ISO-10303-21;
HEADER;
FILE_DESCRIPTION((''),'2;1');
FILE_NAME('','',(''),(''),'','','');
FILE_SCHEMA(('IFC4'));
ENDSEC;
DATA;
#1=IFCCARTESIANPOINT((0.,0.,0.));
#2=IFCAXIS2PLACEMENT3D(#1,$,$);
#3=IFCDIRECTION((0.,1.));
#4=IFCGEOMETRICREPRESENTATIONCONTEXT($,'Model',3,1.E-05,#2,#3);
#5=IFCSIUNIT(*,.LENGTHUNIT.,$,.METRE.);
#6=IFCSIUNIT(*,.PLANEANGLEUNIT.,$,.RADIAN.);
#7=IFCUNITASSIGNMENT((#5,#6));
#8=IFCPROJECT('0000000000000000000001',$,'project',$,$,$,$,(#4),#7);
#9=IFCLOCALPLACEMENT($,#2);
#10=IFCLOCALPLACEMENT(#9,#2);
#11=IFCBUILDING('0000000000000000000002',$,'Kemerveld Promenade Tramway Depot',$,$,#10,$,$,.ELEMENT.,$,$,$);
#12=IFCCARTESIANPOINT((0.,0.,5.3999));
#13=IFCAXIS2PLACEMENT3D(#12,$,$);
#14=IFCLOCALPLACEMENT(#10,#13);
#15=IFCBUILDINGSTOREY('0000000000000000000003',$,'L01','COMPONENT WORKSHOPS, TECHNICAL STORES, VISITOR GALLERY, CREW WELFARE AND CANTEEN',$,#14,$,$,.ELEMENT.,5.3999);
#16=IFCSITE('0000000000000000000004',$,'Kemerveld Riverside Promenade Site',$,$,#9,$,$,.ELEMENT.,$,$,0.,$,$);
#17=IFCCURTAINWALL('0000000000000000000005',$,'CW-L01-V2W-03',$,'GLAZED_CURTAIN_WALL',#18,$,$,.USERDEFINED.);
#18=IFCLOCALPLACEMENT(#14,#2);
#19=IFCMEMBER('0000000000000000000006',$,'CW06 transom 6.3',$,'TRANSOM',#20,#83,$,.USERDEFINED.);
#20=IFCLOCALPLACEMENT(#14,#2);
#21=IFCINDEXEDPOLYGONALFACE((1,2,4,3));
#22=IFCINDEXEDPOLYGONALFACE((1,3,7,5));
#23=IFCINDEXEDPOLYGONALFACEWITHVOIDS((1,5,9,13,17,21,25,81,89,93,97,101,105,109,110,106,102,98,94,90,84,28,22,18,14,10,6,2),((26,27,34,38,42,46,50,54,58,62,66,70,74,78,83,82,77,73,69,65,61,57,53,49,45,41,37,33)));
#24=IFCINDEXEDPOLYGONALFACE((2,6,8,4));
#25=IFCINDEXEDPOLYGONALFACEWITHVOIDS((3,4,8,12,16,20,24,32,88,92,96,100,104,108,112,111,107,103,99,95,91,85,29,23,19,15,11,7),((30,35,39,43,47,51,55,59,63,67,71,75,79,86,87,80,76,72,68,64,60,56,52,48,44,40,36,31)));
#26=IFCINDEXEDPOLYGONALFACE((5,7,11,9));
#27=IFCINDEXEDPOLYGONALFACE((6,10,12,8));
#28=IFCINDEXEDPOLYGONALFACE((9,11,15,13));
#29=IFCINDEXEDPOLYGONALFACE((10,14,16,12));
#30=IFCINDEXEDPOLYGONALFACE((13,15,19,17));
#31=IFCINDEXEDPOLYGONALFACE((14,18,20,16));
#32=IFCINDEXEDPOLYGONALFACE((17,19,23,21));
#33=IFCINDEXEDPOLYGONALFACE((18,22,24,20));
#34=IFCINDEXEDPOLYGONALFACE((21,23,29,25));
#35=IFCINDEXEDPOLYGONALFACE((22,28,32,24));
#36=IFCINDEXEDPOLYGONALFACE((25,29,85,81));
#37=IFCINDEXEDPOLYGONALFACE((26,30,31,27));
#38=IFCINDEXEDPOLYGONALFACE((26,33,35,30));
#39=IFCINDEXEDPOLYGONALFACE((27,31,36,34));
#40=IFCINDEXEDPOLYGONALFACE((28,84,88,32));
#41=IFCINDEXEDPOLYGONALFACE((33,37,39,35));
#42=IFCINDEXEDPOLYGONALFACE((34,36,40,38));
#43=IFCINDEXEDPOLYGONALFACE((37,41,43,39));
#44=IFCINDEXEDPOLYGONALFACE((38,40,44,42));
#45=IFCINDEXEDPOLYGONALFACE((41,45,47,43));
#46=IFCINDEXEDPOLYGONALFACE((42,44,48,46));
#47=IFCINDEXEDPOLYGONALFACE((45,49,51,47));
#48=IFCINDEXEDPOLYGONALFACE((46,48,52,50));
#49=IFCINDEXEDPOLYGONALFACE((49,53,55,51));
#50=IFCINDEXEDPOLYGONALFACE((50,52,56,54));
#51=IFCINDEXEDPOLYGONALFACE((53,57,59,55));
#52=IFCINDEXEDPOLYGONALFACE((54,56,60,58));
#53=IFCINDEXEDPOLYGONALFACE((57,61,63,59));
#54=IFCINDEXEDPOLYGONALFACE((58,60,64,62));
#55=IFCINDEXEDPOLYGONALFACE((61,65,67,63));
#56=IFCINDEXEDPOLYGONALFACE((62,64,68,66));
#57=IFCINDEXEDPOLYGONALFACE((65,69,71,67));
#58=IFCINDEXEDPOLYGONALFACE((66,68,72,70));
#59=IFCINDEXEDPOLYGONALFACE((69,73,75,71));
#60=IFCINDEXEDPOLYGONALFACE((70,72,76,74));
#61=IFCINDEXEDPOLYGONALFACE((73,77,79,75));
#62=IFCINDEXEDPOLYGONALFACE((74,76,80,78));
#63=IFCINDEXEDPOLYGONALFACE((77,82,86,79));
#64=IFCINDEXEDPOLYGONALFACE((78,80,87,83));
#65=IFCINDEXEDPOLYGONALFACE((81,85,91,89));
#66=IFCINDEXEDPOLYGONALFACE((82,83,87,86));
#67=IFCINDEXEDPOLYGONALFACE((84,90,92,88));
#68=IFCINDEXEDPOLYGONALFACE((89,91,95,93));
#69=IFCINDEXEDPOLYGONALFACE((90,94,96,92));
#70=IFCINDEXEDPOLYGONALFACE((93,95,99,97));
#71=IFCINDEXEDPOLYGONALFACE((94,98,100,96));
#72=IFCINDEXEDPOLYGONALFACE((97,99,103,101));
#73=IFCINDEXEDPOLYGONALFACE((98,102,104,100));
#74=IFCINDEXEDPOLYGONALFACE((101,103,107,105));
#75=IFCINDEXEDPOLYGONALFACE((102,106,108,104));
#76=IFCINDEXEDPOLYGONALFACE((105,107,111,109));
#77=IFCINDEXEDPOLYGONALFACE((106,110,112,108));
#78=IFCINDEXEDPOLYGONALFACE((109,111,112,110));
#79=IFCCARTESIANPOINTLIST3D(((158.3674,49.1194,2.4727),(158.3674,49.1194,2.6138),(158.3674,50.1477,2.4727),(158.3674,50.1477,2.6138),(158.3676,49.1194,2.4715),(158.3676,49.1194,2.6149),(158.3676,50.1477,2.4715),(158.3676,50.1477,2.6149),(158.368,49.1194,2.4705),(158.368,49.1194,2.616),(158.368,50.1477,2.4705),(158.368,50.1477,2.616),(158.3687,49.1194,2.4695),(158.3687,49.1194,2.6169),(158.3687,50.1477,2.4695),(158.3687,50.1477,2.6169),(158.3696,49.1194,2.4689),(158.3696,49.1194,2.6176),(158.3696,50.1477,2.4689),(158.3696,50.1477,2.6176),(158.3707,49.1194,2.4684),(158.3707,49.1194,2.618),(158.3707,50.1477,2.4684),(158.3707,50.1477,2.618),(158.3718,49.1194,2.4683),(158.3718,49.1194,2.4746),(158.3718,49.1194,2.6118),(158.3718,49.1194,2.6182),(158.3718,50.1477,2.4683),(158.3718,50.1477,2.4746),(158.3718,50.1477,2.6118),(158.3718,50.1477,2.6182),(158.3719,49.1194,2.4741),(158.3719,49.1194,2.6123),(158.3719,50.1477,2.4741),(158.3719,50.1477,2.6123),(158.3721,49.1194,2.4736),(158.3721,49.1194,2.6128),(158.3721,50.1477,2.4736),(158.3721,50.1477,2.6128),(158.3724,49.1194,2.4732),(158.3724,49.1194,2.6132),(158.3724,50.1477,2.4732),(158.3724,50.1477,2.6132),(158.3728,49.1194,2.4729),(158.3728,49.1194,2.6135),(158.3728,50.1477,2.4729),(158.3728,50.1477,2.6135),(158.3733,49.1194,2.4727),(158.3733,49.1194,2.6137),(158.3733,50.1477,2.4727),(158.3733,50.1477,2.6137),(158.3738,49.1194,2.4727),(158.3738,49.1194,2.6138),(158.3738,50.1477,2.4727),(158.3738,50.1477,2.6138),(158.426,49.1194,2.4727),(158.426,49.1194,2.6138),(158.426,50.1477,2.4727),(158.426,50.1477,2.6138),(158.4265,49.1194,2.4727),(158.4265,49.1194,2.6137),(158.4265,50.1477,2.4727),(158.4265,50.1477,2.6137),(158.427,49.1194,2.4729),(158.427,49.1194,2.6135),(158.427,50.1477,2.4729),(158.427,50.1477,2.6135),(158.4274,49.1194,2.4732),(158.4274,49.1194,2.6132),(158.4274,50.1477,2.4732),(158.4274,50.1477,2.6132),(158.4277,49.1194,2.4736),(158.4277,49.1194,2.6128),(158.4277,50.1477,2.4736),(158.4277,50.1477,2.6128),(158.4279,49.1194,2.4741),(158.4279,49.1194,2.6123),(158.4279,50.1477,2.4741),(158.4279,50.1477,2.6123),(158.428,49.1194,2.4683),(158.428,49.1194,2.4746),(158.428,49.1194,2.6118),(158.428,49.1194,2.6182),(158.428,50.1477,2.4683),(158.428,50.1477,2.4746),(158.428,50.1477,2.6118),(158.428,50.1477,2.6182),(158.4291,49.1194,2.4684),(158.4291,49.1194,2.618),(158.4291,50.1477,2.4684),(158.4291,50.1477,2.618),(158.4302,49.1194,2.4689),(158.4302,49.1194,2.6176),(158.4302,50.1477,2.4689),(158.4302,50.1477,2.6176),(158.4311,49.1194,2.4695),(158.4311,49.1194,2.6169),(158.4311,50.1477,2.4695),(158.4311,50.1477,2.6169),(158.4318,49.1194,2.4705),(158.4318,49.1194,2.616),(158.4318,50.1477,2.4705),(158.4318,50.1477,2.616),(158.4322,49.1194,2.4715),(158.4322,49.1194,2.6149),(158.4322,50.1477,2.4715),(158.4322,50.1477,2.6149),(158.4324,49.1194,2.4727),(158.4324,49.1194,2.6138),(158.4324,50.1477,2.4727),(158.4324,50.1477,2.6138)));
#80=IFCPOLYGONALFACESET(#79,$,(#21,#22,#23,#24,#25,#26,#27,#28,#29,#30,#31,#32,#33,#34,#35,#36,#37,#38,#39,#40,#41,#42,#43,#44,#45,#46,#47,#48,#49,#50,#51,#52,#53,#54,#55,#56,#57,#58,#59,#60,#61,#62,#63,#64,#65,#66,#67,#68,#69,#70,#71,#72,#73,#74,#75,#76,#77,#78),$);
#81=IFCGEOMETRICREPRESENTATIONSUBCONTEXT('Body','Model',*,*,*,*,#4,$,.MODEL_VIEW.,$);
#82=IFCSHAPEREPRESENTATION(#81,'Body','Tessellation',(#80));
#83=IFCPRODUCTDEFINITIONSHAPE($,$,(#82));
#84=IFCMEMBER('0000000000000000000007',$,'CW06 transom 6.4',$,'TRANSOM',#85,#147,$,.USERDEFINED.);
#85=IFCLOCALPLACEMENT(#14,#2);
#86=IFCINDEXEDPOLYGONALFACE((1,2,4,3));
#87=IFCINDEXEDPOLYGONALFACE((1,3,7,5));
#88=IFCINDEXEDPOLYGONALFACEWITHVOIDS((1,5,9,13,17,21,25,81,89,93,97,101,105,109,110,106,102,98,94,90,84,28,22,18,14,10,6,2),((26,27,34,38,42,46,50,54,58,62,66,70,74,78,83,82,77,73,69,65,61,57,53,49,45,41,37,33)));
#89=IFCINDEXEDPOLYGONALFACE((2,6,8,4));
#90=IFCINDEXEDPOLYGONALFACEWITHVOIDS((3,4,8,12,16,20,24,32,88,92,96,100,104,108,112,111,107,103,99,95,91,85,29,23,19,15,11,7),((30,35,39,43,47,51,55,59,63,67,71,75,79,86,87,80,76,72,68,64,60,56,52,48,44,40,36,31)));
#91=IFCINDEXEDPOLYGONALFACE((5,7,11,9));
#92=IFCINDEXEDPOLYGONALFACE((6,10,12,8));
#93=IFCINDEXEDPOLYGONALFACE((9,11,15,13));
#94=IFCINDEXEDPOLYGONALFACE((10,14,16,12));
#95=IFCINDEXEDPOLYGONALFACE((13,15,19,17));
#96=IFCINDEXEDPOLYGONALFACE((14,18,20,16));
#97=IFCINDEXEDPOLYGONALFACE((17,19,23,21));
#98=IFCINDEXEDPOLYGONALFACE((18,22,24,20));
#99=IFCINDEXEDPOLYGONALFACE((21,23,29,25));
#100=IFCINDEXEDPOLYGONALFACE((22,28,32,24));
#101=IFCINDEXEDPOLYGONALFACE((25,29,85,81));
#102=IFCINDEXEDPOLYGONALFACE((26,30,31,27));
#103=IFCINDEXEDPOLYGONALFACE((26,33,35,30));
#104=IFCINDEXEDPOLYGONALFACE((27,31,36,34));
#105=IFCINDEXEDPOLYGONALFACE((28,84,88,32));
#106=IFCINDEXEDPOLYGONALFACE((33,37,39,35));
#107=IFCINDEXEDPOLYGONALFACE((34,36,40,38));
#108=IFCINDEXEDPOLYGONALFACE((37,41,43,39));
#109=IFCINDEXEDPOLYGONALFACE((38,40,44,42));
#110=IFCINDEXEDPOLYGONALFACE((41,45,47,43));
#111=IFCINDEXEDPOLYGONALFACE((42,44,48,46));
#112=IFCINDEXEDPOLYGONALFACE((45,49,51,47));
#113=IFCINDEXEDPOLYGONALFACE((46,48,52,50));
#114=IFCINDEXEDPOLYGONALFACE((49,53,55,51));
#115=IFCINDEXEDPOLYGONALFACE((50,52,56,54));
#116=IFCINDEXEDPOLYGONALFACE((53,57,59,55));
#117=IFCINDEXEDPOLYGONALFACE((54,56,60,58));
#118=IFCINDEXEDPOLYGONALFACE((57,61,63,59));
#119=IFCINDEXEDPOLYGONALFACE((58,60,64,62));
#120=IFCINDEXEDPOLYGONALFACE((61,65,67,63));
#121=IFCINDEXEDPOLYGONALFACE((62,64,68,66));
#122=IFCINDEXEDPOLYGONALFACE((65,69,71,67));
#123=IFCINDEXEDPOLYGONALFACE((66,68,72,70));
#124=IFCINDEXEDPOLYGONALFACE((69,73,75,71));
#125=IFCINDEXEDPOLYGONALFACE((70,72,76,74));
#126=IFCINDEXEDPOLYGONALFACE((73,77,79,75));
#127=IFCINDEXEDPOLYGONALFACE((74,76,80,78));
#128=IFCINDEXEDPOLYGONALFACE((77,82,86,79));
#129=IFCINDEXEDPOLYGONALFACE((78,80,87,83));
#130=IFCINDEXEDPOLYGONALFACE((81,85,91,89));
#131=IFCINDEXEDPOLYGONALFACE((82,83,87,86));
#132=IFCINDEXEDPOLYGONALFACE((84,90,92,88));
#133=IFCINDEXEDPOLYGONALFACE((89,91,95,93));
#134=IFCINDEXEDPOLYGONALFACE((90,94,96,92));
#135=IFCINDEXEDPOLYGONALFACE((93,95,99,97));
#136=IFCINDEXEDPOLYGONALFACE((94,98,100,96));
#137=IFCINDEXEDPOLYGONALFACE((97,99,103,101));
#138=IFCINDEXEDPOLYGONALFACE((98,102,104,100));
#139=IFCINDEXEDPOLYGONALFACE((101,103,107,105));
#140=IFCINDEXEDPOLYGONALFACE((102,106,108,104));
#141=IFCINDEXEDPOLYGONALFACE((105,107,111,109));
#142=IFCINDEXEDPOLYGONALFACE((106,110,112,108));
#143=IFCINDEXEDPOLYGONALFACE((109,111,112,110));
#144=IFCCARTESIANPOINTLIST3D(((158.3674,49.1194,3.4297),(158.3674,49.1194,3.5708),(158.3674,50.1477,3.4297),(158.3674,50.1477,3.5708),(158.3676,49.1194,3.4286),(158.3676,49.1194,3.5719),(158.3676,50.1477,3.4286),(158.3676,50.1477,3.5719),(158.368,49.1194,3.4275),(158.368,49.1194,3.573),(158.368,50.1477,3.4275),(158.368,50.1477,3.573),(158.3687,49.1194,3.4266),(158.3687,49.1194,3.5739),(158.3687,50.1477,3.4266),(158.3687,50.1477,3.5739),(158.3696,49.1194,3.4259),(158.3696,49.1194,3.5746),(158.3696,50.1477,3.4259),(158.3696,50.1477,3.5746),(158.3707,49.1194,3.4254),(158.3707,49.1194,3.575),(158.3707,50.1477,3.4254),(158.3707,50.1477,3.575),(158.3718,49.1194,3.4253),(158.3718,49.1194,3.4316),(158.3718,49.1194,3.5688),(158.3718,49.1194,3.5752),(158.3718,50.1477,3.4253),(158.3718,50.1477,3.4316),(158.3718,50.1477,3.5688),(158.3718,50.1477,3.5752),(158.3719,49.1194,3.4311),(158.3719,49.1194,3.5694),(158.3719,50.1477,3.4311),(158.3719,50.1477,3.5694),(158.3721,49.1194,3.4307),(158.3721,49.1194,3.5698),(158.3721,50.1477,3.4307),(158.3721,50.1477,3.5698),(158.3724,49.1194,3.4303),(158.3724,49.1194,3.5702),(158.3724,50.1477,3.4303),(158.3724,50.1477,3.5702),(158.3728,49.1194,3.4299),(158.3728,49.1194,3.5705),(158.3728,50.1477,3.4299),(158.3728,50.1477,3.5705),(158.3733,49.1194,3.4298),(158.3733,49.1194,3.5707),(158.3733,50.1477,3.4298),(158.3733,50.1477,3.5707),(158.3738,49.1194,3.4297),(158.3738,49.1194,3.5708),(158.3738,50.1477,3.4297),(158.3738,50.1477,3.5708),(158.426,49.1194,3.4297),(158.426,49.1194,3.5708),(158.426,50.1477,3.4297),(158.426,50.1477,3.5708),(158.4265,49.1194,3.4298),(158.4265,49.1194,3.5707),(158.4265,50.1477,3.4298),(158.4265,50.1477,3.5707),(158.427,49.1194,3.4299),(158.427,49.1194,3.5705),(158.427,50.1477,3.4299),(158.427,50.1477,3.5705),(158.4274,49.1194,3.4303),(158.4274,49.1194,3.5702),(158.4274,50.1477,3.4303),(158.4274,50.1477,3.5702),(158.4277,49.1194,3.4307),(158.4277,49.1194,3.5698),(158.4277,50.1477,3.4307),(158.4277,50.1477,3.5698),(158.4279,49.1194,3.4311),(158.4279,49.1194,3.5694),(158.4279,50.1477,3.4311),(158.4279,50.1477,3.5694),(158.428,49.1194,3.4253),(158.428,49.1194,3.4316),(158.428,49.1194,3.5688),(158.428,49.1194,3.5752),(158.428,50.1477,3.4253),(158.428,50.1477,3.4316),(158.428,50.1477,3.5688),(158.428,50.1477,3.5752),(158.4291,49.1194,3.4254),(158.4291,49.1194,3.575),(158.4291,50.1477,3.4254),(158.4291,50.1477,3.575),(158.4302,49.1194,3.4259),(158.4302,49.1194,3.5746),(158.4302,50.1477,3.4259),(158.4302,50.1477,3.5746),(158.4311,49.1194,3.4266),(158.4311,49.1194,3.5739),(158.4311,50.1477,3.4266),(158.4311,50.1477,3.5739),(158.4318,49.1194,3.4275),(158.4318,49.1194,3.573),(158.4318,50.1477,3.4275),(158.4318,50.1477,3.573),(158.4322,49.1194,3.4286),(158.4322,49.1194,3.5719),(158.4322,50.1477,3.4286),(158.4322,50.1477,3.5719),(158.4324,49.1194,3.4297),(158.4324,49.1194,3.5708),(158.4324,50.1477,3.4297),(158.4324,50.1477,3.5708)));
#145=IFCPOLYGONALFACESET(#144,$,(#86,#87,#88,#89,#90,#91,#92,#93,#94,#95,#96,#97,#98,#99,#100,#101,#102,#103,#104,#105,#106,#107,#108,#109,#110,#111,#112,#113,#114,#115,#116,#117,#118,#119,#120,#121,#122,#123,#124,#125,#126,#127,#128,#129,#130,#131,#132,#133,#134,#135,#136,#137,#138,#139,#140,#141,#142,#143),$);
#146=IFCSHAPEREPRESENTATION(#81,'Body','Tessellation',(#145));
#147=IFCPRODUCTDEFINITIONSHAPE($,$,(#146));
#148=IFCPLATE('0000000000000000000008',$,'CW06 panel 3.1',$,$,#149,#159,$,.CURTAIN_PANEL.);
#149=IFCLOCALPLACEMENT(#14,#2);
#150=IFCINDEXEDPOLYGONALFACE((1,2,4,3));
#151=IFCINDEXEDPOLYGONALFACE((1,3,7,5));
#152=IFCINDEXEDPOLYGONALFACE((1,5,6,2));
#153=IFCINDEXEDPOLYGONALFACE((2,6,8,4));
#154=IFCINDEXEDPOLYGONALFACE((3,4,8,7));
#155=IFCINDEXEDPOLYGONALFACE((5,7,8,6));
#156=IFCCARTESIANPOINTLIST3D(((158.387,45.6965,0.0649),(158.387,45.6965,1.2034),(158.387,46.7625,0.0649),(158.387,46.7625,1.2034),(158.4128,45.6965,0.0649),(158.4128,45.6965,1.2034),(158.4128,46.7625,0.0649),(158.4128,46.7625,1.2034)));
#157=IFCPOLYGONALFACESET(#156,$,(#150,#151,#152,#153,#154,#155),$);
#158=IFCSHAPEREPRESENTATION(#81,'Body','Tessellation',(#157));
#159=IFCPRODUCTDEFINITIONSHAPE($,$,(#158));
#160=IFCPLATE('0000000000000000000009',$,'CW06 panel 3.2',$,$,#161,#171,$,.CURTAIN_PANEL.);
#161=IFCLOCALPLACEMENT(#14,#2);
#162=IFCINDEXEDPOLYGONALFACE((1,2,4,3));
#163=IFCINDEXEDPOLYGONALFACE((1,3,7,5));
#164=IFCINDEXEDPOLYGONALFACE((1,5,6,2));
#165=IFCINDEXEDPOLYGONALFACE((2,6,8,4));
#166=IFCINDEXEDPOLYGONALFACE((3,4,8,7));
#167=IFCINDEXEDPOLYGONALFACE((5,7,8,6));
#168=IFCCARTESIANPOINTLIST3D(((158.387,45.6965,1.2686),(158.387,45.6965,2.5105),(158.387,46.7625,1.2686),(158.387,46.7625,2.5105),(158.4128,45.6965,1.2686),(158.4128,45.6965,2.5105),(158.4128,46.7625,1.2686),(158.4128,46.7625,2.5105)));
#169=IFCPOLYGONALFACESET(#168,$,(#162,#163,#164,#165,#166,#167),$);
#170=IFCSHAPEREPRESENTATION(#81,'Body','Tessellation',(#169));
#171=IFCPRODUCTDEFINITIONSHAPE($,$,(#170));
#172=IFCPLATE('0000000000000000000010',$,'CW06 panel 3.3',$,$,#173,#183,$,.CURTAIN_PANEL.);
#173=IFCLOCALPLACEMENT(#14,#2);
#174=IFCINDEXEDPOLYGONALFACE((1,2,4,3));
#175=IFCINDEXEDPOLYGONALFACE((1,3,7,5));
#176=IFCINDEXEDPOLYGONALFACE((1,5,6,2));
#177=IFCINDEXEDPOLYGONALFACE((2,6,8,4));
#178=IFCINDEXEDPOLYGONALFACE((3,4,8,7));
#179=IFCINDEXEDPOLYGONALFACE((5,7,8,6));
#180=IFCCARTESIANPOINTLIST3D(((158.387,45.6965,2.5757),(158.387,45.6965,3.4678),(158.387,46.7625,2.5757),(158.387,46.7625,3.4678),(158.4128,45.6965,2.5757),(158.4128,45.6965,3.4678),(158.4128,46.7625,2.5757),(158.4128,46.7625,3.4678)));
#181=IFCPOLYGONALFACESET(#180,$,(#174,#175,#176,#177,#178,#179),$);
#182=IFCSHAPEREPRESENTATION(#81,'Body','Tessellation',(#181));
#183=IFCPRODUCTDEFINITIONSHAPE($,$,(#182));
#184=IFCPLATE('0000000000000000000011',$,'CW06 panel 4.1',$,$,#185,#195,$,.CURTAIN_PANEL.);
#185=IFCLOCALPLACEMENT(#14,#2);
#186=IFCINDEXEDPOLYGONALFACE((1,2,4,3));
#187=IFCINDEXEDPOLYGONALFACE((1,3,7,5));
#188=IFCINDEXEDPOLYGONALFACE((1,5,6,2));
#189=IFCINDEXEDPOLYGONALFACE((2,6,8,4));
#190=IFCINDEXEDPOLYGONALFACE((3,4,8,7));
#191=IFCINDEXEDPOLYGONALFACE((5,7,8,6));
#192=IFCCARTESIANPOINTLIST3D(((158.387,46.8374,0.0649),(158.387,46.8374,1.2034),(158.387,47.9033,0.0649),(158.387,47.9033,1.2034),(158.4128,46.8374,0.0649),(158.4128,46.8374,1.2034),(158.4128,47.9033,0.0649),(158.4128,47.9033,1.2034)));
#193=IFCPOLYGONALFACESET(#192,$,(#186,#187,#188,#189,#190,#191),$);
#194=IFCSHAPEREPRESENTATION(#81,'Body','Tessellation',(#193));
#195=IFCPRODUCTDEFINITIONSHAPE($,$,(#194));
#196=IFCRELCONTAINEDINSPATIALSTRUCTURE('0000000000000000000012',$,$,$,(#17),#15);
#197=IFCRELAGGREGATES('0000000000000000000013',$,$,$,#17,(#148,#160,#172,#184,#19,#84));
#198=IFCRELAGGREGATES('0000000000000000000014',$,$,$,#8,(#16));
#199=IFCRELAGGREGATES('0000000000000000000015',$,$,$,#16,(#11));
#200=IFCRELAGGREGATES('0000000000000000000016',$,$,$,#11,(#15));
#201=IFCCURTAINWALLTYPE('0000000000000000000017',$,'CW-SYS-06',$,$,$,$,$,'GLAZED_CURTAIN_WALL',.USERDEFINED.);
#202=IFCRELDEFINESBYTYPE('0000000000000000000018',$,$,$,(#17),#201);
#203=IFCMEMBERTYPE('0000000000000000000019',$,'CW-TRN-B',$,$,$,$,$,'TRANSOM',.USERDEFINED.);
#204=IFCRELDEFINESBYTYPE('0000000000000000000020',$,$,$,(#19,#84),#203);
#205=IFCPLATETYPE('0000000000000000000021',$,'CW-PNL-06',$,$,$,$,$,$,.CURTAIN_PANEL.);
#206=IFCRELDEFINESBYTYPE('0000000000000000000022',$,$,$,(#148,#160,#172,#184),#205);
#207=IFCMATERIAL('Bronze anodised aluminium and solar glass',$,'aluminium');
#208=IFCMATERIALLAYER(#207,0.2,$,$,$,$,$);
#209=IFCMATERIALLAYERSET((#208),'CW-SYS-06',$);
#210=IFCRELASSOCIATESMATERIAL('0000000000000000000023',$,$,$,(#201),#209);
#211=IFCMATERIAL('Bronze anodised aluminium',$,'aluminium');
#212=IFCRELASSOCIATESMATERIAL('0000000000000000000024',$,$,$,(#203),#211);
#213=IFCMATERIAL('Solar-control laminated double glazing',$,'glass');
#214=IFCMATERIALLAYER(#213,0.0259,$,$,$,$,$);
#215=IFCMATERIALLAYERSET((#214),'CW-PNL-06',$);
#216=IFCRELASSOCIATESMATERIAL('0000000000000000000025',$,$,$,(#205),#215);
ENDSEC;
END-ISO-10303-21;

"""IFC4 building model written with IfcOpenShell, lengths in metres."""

from ifc_helpers import new_model, si_unit, direction, frame, origin, origin_2d, place, context, subcontext, project, spatial, rectangle, hollow_rectangle, extrude, material, layer, layer_set, material_profile, profile_set, type_object, element, aggregate, save


model = new_model("IFC4")

# Units and contexts
model_context = context("Model", 3, precision=1e-05, world=origin(), true_north=direction((0.0, 1.0)))
body_context = subcontext(model_context, "Body", "Model", "MODEL_VIEW")
ifc_project = project(units=[si_unit("LENGTHUNIT", "METRE"), si_unit("PLANEANGLEUNIT", "RADIAN")], contexts=[model_context])

# Site, building, storey
site_placement = place(None, origin())
site = spatial("IfcSite", under=ifc_project, at=site_placement, Name="Kemerveld Riverside Promenade Site", CompositionType="ELEMENT", RefElevation=0.0)
building_placement = place(site_placement, origin())
building = spatial("IfcBuilding", under=site, at=building_placement, Name="Kemerveld Promenade Tramway Depot", CompositionType="ELEMENT")
storey_placement = place(building_placement, frame((0.0, 0.0, 5.3999)))
storey = spatial("IfcBuildingStorey", under=building, at=storey_placement, Name="L01", Description="COMPONENT WORKSHOPS, TECHNICAL STORES, VISITOR GALLERY, CREW WELFARE AND CANTEEN", CompositionType="ELEMENT", Elevation=5.3999)

# Curtain wall, members, plates
ifc_material_1 = material(Name="Bronze anodised aluminium and solar glass", Category="aluminium")
ifc_layer_1 = layer(ifc_material_1, 0.2)
ifc_layer_set_1 = layer_set([ifc_layer_1], Name="CW-SYS-06")
curtain_wall_type = type_object("IfcCurtainWallType", Name="CW-SYS-06", ElementType="GLAZED_CURTAIN_WALL", PredefinedType="USERDEFINED", material=ifc_layer_set_1)
curtain_wall_placement = place(storey_placement, origin())
curtain_wall = element("IfcCurtainWall", 1, at=curtain_wall_placement, inside=storey, type_object=curtain_wall_type, Name="CW-L01-V2W-03", ObjectType="GLAZED_CURTAIN_WALL", PredefinedType="USERDEFINED")
ifc_material_2 = material(Name="Bronze anodised aluminium", Category="aluminium")
ifc_material_profile_1 = material_profile(ifc_material_2, hollow_rectangle(XDim=0.0649, YDim=0.1499, WallThickness=0.0044, InnerFilletRadius=0.002, OuterFilletRadius=0.0044, at=origin_2d()), Name="CW-TRN-150x65")
ifc_profile_set_1 = profile_set([ifc_material_profile_1], Name="Bronze anodised aluminium")
member_type_1 = type_object("IfcMemberType", Name="CW-TRN-B", ElementType="TRANSOM", PredefinedType="USERDEFINED", material=ifc_profile_set_1)
member_1_placement = place(storey_placement, frame((158.3999, 49.1194, 2.5432), z_axis=(0.0, 1.0, 0.0), x_axis=(-1.0, 0.0, 0.0)))
member_1 = element("IfcMember", 2, at=member_1_placement, type_object=member_type_1, Name="CW06 transom 6.3", ObjectType="TRANSOM", PredefinedType="USERDEFINED", context=body_context, shape_type="SweptSolid", body=[
    extrude(hollow_rectangle(XDim=0.0649, YDim=0.1499, WallThickness=0.0044, InnerFilletRadius=0.002, OuterFilletRadius=0.0044, at=origin_2d()), origin(), (0.0, 0.0, 1.0), 1.0283),
])
member_2_placement = place(storey_placement, frame((158.3999, 49.1194, 3.5002), z_axis=(0.0, 1.0, 0.0), x_axis=(-1.0, 0.0, 0.0)))
member_2 = element("IfcMember", 3, at=member_2_placement, type_object=member_type_1, Name="CW06 transom 6.4", ObjectType="TRANSOM", PredefinedType="USERDEFINED", context=body_context, shape_type="SweptSolid", body=[
    extrude(hollow_rectangle(XDim=0.0649, YDim=0.1499, WallThickness=0.0044, InnerFilletRadius=0.002, OuterFilletRadius=0.0044, at=origin_2d()), origin(), (0.0, 0.0, 1.0), 1.0283),
])
ifc_material_3 = material(Name="Solar-control laminated double glazing", Category="glass")
ifc_layer_2 = layer(ifc_material_3, 0.0259)
ifc_layer_set_2 = layer_set([ifc_layer_2], Name="CW-PNL-06")
plate_type = type_object("IfcPlateType", Name="CW-PNL-06", PredefinedType="CURTAIN_PANEL", material=ifc_layer_set_2)
plate_1_placement = place(storey_placement, frame((158.3999, 46.2295, 0.0649), z_axis=(0.0, 0.0, 1.0), x_axis=(0.0, 1.0, 0.0)))
plate_1 = element("IfcPlate", 4, at=plate_1_placement, type_object=plate_type, Name="CW06 panel 3.1", PredefinedType="CURTAIN_PANEL", context=body_context, shape_type="SweptSolid", body=[
    extrude(rectangle(XDim=1.0659, YDim=0.0259, at=origin_2d()), origin(), (0.0, 0.0, 1.0), 1.1384),
])
plate_2_placement = place(storey_placement, frame((158.3999, 46.2295, 1.2686), z_axis=(0.0, 0.0, 1.0), x_axis=(0.0, 1.0, 0.0)))
plate_2 = element("IfcPlate", 5, at=plate_2_placement, type_object=plate_type, Name="CW06 panel 3.2", PredefinedType="CURTAIN_PANEL", context=body_context, shape_type="SweptSolid", body=[
    extrude(rectangle(XDim=1.0659, YDim=0.0259, at=origin_2d()), origin(), (0.0, 0.0, 1.0), 1.2419),
])
plate_3_placement = place(storey_placement, frame((158.3999, 46.2295, 2.5757), z_axis=(0.0, 0.0, 1.0), x_axis=(0.0, 1.0, 0.0)))
plate_3 = element("IfcPlate", 6, at=plate_3_placement, type_object=plate_type, Name="CW06 panel 3.3", PredefinedType="CURTAIN_PANEL", context=body_context, shape_type="SweptSolid", body=[
    extrude(rectangle(XDim=1.0659, YDim=0.0259, at=origin_2d()), origin(), (0.0, 0.0, 1.0), 0.8921),
])
plate_4_placement = place(storey_placement, frame((158.3999, 47.3704, 0.0649), z_axis=(0.0, 0.0, 1.0), x_axis=(0.0, 1.0, 0.0)))
plate_4 = element("IfcPlate", 7, at=plate_4_placement, type_object=plate_type, Name="CW06 panel 4.1", PredefinedType="CURTAIN_PANEL", context=body_context, shape_type="SweptSolid", body=[
    extrude(rectangle(XDim=1.0659, YDim=0.0259, at=origin_2d()), origin(), (0.0, 0.0, 1.0), 1.1384),
])
aggregate(curtain_wall, [plate_1, plate_2, plate_3, plate_4, member_1, member_2])

save(model, "model.ifc")
